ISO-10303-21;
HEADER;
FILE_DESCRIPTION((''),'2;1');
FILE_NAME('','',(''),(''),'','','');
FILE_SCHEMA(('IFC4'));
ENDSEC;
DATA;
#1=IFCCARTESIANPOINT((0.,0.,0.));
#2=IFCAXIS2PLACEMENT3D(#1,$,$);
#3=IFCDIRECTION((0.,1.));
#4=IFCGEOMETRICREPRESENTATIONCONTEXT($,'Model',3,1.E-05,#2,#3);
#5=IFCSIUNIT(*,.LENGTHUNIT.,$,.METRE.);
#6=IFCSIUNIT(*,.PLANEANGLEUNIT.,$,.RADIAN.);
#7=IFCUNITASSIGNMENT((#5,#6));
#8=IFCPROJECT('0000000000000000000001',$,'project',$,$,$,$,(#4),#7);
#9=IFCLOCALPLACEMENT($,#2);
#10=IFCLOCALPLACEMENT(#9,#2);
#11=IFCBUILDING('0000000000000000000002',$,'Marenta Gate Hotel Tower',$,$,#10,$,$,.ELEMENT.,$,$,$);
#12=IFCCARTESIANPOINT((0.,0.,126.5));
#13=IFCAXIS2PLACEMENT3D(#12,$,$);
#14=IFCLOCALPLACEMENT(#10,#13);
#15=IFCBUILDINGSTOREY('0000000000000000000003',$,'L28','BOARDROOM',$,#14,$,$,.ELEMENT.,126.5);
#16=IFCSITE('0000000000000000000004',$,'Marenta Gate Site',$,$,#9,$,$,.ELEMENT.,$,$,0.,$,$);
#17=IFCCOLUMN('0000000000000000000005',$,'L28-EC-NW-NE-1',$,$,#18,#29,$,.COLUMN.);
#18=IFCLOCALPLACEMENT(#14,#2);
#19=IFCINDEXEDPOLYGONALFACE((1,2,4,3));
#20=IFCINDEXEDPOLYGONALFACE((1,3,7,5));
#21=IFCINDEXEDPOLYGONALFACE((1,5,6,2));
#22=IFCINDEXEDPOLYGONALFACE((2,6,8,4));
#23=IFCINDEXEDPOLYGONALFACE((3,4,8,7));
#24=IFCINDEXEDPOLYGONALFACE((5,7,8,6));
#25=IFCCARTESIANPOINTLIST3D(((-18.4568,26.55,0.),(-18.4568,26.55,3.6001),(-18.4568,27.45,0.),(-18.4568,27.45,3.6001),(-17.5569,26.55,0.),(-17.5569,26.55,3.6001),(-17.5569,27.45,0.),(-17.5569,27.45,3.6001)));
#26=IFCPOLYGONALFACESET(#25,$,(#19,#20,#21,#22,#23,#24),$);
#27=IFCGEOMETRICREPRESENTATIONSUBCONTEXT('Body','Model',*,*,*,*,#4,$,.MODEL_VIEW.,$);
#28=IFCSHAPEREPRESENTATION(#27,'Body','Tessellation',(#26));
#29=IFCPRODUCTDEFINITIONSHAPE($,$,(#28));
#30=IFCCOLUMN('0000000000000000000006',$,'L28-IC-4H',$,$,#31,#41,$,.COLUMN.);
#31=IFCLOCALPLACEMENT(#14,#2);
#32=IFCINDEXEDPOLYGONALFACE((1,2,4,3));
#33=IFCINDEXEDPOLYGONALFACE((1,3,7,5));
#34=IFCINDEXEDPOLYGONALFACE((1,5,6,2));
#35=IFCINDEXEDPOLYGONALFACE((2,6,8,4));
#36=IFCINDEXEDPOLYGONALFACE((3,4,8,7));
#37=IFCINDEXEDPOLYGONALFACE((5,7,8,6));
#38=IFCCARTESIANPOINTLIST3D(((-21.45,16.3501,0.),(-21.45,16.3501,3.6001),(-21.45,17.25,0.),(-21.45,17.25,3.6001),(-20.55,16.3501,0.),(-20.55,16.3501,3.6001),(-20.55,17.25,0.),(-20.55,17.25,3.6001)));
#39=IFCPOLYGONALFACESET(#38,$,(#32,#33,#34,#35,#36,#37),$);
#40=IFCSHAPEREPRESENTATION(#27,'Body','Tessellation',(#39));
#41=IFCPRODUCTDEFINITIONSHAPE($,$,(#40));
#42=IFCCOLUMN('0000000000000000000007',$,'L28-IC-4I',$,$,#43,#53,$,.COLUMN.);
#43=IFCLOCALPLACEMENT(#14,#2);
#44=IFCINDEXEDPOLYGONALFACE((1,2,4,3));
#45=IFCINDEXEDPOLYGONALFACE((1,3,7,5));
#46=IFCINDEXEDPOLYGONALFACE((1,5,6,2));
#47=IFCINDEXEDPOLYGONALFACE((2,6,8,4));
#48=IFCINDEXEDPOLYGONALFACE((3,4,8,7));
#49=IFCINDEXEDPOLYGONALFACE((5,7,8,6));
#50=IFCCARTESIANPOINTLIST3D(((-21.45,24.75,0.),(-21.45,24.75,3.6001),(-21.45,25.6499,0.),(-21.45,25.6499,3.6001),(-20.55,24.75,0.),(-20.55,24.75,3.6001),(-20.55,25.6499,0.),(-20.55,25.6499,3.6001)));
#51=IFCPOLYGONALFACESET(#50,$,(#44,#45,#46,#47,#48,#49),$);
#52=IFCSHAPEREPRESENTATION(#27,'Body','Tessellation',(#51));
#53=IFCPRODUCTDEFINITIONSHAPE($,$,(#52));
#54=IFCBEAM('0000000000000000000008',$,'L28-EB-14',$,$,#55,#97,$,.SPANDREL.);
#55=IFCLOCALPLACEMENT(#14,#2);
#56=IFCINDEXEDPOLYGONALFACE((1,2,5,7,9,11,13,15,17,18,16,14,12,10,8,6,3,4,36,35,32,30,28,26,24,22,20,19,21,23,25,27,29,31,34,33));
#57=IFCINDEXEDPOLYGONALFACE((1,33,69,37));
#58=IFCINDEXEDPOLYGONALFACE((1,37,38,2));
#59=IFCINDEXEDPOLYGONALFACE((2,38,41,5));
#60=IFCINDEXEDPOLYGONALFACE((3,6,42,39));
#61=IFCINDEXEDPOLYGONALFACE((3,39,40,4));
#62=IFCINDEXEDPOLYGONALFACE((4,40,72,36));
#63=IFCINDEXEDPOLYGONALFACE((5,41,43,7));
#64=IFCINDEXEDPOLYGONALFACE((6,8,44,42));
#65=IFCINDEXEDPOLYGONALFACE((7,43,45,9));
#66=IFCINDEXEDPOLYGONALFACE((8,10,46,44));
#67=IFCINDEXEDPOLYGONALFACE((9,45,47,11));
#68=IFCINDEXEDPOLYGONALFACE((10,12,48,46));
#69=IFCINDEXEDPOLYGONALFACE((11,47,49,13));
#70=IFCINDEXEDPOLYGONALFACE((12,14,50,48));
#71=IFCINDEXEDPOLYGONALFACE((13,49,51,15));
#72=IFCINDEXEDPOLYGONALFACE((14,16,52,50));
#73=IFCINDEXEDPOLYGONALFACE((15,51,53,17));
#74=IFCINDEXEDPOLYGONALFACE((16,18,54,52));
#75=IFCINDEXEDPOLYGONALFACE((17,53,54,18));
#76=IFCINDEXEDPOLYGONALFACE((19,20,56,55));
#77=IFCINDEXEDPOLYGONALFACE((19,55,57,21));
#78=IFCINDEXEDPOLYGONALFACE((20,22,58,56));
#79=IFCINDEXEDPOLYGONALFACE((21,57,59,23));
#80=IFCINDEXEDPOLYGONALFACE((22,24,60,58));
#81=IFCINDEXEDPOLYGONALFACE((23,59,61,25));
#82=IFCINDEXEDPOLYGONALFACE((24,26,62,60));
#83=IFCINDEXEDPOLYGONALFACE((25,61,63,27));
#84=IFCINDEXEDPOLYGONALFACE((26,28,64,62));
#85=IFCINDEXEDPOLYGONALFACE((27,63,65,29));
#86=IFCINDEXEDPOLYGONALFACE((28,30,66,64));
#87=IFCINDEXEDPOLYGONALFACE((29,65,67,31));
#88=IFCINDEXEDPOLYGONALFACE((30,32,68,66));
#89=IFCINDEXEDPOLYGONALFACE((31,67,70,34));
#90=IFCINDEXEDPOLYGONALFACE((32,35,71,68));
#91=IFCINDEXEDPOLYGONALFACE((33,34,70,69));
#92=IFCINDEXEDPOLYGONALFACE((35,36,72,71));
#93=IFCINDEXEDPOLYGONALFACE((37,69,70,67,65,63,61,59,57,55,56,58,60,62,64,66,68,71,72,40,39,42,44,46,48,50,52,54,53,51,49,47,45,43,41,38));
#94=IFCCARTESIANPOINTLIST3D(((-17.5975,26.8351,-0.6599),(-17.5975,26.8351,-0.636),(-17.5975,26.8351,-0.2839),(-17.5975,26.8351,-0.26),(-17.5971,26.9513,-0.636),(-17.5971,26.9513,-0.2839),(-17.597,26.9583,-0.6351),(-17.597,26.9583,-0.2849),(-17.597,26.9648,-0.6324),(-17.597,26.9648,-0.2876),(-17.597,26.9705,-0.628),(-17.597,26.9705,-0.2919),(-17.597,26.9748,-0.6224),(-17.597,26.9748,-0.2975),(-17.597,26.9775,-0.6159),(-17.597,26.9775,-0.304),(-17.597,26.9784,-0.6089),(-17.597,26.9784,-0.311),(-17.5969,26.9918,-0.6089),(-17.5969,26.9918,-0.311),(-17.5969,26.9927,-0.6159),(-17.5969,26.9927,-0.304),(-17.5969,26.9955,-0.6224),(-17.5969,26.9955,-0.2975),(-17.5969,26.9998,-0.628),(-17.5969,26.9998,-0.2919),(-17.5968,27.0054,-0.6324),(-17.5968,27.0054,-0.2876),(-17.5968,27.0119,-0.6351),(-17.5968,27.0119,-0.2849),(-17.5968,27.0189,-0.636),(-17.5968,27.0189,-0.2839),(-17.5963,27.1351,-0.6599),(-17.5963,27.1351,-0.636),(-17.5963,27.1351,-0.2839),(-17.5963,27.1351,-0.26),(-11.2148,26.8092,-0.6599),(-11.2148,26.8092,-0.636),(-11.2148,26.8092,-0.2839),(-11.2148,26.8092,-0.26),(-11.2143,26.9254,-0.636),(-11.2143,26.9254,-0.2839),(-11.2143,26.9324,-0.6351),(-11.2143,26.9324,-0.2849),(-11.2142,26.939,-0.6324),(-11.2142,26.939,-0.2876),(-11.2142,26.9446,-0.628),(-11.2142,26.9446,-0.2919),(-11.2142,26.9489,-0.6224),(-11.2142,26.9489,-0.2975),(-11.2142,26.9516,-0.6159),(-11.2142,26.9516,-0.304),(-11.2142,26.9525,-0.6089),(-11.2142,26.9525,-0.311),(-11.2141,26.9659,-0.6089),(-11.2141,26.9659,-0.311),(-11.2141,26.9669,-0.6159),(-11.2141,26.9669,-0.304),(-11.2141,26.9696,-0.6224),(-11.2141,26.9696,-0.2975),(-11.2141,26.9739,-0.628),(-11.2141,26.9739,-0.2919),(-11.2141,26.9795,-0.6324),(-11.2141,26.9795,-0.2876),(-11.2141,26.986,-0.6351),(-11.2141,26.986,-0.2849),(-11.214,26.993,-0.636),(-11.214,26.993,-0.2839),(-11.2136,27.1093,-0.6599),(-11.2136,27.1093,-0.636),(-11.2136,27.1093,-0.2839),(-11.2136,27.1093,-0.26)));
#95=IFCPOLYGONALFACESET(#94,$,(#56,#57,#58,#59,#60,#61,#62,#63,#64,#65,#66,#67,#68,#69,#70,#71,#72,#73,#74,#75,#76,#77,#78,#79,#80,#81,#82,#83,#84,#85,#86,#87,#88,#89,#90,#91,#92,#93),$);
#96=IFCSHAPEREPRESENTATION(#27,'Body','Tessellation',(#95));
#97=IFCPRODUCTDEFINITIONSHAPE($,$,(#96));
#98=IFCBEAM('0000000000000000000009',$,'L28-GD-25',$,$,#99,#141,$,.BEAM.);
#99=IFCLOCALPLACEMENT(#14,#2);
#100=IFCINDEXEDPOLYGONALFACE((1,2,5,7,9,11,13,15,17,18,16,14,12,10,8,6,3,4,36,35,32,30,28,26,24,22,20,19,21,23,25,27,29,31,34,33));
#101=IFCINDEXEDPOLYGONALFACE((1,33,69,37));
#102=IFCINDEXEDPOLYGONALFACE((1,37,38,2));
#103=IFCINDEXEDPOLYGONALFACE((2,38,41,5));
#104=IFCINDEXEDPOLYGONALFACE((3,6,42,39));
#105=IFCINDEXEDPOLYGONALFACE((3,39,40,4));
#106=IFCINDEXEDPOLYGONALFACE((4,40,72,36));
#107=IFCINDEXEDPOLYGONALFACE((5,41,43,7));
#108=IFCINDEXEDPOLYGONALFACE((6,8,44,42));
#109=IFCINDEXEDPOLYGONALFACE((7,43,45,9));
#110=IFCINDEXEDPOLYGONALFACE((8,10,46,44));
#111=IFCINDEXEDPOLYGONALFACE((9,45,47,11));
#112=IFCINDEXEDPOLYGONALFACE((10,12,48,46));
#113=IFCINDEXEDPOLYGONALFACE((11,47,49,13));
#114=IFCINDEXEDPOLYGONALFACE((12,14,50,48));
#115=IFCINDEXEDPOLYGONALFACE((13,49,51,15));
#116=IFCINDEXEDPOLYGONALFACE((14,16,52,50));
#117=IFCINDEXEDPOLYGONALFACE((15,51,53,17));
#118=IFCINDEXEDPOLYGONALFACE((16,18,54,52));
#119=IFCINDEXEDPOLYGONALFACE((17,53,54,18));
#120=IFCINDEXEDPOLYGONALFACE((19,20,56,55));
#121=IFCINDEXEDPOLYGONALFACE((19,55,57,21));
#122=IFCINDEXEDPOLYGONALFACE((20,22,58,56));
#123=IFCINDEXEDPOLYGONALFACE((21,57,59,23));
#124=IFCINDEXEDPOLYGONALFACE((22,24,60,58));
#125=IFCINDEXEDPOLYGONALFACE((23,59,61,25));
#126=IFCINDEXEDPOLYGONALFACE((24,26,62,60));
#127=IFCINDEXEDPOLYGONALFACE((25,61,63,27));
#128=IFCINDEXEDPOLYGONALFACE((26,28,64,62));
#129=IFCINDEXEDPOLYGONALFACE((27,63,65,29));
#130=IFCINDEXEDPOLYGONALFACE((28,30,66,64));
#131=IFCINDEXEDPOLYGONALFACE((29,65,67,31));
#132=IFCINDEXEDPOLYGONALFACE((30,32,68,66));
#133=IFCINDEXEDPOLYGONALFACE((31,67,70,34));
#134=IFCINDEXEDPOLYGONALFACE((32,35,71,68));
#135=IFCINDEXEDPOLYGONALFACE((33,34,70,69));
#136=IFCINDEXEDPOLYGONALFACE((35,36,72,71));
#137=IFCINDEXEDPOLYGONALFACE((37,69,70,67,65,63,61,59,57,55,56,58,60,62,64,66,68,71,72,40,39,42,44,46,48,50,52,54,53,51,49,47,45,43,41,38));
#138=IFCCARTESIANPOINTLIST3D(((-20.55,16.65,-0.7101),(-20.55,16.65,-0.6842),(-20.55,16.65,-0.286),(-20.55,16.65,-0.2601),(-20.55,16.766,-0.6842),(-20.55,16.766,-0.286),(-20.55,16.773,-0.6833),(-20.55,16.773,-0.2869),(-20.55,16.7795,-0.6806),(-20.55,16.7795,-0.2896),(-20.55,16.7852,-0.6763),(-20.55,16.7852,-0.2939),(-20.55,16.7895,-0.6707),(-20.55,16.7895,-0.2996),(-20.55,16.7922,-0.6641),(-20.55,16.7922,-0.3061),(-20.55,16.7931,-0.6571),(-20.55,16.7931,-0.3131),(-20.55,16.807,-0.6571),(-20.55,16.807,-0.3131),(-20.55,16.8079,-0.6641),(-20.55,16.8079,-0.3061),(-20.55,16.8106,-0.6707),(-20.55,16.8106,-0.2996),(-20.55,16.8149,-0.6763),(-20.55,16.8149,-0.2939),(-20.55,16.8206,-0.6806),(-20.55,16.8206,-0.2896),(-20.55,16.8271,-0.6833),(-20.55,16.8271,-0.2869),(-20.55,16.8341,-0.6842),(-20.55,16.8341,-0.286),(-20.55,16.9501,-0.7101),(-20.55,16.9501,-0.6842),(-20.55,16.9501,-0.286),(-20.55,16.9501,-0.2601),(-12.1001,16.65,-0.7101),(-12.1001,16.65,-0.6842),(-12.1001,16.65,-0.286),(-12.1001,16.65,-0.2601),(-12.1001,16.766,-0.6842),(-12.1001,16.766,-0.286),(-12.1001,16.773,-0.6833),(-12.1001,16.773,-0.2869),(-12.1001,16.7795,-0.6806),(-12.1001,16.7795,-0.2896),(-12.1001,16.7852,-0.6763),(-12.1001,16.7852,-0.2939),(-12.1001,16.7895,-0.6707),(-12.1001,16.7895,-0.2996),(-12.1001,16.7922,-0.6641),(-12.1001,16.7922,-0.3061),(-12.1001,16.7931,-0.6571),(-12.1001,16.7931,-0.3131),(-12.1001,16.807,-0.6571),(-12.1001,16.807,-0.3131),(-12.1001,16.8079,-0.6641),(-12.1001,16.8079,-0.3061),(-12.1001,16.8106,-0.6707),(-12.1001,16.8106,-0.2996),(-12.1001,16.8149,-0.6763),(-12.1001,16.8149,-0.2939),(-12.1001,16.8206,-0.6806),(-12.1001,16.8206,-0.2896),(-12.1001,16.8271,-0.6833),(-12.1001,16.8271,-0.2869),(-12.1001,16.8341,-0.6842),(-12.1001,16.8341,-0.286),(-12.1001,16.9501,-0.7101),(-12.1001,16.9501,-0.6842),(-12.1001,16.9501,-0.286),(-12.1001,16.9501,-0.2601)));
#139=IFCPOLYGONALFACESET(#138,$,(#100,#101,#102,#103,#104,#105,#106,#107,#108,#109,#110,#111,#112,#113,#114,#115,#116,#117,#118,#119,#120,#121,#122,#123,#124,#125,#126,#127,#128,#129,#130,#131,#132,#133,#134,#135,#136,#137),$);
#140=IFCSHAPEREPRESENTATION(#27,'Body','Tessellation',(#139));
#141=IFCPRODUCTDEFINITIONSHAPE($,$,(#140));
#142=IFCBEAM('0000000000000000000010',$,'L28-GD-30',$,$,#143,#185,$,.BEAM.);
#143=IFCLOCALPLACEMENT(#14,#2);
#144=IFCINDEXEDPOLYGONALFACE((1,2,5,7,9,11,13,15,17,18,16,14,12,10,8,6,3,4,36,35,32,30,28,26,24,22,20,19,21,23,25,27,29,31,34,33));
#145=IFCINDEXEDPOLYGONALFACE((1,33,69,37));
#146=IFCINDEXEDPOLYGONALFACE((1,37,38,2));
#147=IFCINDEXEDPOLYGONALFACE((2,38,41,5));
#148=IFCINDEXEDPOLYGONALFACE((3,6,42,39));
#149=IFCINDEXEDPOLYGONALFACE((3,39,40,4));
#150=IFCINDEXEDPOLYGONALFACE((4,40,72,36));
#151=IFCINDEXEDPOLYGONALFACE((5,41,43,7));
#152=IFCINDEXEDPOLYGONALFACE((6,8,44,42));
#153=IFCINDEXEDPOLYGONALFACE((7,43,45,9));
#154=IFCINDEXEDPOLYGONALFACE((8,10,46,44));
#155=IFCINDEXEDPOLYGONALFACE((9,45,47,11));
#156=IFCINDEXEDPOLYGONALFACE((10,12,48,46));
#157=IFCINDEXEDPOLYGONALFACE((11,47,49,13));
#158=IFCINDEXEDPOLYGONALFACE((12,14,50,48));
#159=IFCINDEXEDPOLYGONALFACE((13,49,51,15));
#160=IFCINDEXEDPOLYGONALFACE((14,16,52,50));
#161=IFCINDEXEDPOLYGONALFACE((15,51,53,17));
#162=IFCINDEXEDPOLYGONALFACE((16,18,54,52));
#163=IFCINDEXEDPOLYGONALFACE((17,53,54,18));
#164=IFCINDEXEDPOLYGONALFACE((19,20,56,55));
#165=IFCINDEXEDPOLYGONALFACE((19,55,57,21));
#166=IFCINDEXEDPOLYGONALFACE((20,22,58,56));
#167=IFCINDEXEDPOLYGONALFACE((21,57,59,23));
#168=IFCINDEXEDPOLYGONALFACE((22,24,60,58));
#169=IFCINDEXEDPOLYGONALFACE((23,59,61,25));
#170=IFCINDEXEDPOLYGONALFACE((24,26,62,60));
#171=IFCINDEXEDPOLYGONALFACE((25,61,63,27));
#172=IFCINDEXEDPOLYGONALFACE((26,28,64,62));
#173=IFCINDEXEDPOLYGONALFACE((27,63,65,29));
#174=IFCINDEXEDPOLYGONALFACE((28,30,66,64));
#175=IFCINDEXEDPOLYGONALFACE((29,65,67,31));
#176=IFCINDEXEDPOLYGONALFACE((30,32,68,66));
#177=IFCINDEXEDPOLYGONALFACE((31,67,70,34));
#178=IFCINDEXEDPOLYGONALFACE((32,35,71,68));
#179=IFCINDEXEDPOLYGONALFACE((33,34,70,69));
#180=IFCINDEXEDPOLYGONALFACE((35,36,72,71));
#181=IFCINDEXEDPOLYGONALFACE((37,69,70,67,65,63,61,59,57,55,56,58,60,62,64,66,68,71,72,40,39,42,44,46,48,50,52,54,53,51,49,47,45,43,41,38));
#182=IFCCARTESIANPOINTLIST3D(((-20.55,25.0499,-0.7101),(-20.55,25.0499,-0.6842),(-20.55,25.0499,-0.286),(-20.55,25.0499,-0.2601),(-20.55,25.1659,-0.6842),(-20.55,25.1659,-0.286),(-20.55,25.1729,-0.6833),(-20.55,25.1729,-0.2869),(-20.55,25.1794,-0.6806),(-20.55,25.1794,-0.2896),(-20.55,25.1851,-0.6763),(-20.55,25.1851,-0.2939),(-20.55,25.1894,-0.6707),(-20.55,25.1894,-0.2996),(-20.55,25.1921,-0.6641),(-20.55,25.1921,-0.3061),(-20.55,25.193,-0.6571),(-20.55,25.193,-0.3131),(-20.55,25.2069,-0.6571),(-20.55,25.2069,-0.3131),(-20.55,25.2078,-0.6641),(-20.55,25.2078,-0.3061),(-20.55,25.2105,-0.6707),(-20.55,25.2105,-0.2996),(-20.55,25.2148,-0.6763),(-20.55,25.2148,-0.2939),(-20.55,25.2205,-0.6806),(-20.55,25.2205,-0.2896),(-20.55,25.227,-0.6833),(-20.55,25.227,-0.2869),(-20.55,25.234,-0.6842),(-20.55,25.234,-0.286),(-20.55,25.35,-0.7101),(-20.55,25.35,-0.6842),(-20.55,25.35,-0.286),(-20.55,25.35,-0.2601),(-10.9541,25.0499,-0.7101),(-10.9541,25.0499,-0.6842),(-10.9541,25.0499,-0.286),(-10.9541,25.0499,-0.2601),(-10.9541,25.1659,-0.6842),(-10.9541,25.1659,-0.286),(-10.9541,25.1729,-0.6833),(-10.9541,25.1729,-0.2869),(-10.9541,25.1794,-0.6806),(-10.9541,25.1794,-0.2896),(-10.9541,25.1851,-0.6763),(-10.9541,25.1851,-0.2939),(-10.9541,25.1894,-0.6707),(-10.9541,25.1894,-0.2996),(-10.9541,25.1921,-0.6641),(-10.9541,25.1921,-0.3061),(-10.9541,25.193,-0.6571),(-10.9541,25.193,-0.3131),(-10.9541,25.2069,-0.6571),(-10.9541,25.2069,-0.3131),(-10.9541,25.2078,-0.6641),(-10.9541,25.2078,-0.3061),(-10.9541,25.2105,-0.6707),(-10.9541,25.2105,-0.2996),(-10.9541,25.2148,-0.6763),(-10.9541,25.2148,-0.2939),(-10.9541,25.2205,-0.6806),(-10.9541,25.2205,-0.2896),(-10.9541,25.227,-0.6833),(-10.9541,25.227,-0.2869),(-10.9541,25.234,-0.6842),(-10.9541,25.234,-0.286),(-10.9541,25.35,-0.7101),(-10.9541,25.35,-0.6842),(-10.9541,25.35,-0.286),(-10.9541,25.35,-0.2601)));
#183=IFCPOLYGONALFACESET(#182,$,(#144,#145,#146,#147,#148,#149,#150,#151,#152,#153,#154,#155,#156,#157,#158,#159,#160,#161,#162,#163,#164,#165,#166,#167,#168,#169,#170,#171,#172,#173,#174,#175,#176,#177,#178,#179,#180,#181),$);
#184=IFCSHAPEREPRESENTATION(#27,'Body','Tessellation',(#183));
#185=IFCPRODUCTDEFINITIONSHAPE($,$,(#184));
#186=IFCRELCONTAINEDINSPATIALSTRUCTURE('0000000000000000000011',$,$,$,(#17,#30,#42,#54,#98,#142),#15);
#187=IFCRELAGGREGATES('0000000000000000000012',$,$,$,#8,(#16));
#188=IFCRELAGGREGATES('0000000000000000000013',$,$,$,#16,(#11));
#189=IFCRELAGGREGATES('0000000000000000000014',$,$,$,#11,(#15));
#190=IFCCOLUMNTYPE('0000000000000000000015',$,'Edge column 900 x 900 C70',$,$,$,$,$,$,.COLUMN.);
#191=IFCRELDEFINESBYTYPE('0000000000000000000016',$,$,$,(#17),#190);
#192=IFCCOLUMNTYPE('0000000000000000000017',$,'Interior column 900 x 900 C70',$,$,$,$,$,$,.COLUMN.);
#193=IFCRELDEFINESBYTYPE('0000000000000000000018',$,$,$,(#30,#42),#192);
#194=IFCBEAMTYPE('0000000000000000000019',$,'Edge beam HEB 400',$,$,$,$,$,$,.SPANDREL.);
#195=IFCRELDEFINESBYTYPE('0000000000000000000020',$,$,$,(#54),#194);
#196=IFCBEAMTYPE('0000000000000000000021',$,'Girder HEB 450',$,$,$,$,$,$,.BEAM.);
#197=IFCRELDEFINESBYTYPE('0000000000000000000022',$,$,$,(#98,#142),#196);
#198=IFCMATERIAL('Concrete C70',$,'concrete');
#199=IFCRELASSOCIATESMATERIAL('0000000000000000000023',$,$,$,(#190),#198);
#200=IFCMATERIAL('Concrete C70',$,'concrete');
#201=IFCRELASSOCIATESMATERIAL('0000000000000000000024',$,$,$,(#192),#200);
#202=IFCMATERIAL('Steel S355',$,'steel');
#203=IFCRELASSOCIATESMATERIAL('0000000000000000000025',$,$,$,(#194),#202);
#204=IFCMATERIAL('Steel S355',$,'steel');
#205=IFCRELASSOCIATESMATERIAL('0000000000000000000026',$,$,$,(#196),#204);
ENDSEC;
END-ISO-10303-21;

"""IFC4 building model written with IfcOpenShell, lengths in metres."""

from ifc_helpers import new_model, si_unit, direction, frame, origin, origin_2d, place, context, subcontext, project, spatial, rectangle, i_section, extrude, material, material_profile, profile_set, type_object, element, save


model = new_model("IFC4")

# Units and contexts
model_context = context("Model", 3, precision=1e-05, world=origin(), true_north=direction((0.0, 1.0)))
body_context = subcontext(model_context, "Body", "Model", "MODEL_VIEW")
ifc_project = project(units=[si_unit("LENGTHUNIT", "METRE"), si_unit("PLANEANGLEUNIT", "RADIAN")], contexts=[model_context])

# Site, building, storey
site_placement = place(None, origin())
site = spatial("IfcSite", under=ifc_project, at=site_placement, Name="Marenta Gate Site", CompositionType="ELEMENT", RefElevation=0.0)
building_placement = place(site_placement, origin())
building = spatial("IfcBuilding", under=site, at=building_placement, Name="Marenta Gate Hotel Tower", CompositionType="ELEMENT")
storey_placement = place(building_placement, frame((0.0, 0.0, 126.5)))
storey = spatial("IfcBuildingStorey", under=building, at=storey_placement, Name="L28", Description="BOARDROOM", CompositionType="ELEMENT", Elevation=126.5)

# Columns
ifc_material_1 = material(Name="Concrete C70", Category="concrete")
ifc_material_profile_1 = material_profile(ifc_material_1, rectangle(XDim=0.8999, YDim=0.8999, at=origin_2d()), Name="900 x 900")
ifc_profile_set_1 = profile_set([ifc_material_profile_1], Name="Concrete C70")
column_type_1 = type_object("IfcColumnType", Name="Edge column 900 x 900 C70", PredefinedType="COLUMN", material=ifc_profile_set_1)
column_placement = place(storey_placement, frame((-18.0068, 27.0, 0.0), z_axis=(0.0, 0.0, 1.0), x_axis=(1.0, 0.0, 0.0)))
element("IfcColumn", 1, at=column_placement, inside=storey, type_object=column_type_1, Name="L28-EC-NW-NE-1", PredefinedType="COLUMN", context=body_context, shape_type="SweptSolid", body=[
    extrude(rectangle(XDim=0.8999, YDim=0.8999, at=origin_2d()), origin(), (0.0, 0.0, 1.0), 3.6001),
])
ifc_material_2 = material(Name="Concrete C70", Category="concrete")
ifc_material_profile_2 = material_profile(ifc_material_2, rectangle(XDim=0.8999, YDim=0.8999, at=origin_2d()), Name="900 x 900")
ifc_profile_set_2 = profile_set([ifc_material_profile_2], Name="Concrete C70")
column_type_2 = type_object("IfcColumnType", Name="Interior column 900 x 900 C70", PredefinedType="COLUMN", material=ifc_profile_set_2)
for number, where, z_axis, x_axis, name in (
    (2, (-21.0, 16.8, 0.0), (0.0, 0.0, 1.0), (1.0, 0.0, 0.0), "L28-IC-4H"),
    (3, (-21.0, 25.2, 0.0), (0.0, 0.0, 1.0), (1.0, 0.0, 0.0), "L28-IC-4I"),
):
    element("IfcColumn", number, at=place(storey_placement, frame(where, z_axis=z_axis, x_axis=x_axis)), inside=storey, type_object=column_type_2, Name=name, PredefinedType="COLUMN", context=body_context, shape_type="SweptSolid", body=[
        extrude(rectangle(XDim=0.8999, YDim=0.8999, at=origin_2d()), origin(), (0.0, 0.0, 1.0), 3.6001),
    ])

# Beams
ifc_material_3 = material(Name="Steel S355", Category="steel")
ifc_material_profile_3 = material_profile(ifc_material_3, i_section(OverallWidth=0.3, OverallDepth=0.3999, WebThickness=0.0134, FlangeThickness=0.0239, FilletRadius=0.0271, at=origin_2d()), Name="HEB 400")
ifc_profile_set_3 = profile_set([ifc_material_profile_3], Name="Steel S355")
beam_type_1 = type_object("IfcBeamType", Name="Edge beam HEB 400", PredefinedType="SPANDREL", material=ifc_profile_set_3)
beam_1_placement = place(storey_placement, frame((-17.5969, 26.9851, -0.46), z_axis=(0.999992, -0.004054, 0.0), x_axis=(0.004054, 0.999992, 0.0)))
element("IfcBeam", 4, at=beam_1_placement, inside=storey, type_object=beam_type_1, Name="L28-EB-14", PredefinedType="SPANDREL", context=body_context, shape_type="SweptSolid", body=[
    extrude(i_section(OverallWidth=0.3, OverallDepth=0.3999, WebThickness=0.0134, FlangeThickness=0.0239, FilletRadius=0.0271, at=origin_2d()), origin(), (0.0, 0.0, 1.0), 6.3828),
])
ifc_material_4 = material(Name="Steel S355", Category="steel")
ifc_material_profile_4 = material_profile(ifc_material_4, i_section(OverallWidth=0.3, OverallDepth=0.45, WebThickness=0.0139, FlangeThickness=0.0259, FilletRadius=0.0271, at=origin_2d()), Name="HEB 450")
ifc_profile_set_4 = profile_set([ifc_material_profile_4], Name="Steel S355")
beam_type_2 = type_object("IfcBeamType", Name="Girder HEB 450", PredefinedType="BEAM", material=ifc_profile_set_4)
beam_2_placement = place(storey_placement, frame((-20.55, 16.8, -0.4851), z_axis=(1.0, 0.0, 0.0), x_axis=(0.0, 1.0, 0.0)))
element("IfcBeam", 5, at=beam_2_placement, inside=storey, type_object=beam_type_2, Name="L28-GD-25", PredefinedType="BEAM", context=body_context, shape_type="SweptSolid", body=[
    extrude(i_section(OverallWidth=0.3, OverallDepth=0.45, WebThickness=0.0139, FlangeThickness=0.0259, FilletRadius=0.0271, at=origin_2d()), origin(), (0.0, 0.0, 1.0), 8.45),
])
beam_3_placement = place(storey_placement, frame((-20.55, 25.2, -0.4851), z_axis=(1.0, 0.0, 0.0), x_axis=(0.0, 1.0, 0.0)))
element("IfcBeam", 6, at=beam_3_placement, inside=storey, type_object=beam_type_2, Name="L28-GD-30", PredefinedType="BEAM", context=body_context, shape_type="SweptSolid", body=[
    extrude(i_section(OverallWidth=0.3, OverallDepth=0.45, WebThickness=0.0139, FlangeThickness=0.0259, FilletRadius=0.0271, at=origin_2d()), origin(), (0.0, 0.0, 1.0), 9.5959),
])

save(model, "model.ifc")
